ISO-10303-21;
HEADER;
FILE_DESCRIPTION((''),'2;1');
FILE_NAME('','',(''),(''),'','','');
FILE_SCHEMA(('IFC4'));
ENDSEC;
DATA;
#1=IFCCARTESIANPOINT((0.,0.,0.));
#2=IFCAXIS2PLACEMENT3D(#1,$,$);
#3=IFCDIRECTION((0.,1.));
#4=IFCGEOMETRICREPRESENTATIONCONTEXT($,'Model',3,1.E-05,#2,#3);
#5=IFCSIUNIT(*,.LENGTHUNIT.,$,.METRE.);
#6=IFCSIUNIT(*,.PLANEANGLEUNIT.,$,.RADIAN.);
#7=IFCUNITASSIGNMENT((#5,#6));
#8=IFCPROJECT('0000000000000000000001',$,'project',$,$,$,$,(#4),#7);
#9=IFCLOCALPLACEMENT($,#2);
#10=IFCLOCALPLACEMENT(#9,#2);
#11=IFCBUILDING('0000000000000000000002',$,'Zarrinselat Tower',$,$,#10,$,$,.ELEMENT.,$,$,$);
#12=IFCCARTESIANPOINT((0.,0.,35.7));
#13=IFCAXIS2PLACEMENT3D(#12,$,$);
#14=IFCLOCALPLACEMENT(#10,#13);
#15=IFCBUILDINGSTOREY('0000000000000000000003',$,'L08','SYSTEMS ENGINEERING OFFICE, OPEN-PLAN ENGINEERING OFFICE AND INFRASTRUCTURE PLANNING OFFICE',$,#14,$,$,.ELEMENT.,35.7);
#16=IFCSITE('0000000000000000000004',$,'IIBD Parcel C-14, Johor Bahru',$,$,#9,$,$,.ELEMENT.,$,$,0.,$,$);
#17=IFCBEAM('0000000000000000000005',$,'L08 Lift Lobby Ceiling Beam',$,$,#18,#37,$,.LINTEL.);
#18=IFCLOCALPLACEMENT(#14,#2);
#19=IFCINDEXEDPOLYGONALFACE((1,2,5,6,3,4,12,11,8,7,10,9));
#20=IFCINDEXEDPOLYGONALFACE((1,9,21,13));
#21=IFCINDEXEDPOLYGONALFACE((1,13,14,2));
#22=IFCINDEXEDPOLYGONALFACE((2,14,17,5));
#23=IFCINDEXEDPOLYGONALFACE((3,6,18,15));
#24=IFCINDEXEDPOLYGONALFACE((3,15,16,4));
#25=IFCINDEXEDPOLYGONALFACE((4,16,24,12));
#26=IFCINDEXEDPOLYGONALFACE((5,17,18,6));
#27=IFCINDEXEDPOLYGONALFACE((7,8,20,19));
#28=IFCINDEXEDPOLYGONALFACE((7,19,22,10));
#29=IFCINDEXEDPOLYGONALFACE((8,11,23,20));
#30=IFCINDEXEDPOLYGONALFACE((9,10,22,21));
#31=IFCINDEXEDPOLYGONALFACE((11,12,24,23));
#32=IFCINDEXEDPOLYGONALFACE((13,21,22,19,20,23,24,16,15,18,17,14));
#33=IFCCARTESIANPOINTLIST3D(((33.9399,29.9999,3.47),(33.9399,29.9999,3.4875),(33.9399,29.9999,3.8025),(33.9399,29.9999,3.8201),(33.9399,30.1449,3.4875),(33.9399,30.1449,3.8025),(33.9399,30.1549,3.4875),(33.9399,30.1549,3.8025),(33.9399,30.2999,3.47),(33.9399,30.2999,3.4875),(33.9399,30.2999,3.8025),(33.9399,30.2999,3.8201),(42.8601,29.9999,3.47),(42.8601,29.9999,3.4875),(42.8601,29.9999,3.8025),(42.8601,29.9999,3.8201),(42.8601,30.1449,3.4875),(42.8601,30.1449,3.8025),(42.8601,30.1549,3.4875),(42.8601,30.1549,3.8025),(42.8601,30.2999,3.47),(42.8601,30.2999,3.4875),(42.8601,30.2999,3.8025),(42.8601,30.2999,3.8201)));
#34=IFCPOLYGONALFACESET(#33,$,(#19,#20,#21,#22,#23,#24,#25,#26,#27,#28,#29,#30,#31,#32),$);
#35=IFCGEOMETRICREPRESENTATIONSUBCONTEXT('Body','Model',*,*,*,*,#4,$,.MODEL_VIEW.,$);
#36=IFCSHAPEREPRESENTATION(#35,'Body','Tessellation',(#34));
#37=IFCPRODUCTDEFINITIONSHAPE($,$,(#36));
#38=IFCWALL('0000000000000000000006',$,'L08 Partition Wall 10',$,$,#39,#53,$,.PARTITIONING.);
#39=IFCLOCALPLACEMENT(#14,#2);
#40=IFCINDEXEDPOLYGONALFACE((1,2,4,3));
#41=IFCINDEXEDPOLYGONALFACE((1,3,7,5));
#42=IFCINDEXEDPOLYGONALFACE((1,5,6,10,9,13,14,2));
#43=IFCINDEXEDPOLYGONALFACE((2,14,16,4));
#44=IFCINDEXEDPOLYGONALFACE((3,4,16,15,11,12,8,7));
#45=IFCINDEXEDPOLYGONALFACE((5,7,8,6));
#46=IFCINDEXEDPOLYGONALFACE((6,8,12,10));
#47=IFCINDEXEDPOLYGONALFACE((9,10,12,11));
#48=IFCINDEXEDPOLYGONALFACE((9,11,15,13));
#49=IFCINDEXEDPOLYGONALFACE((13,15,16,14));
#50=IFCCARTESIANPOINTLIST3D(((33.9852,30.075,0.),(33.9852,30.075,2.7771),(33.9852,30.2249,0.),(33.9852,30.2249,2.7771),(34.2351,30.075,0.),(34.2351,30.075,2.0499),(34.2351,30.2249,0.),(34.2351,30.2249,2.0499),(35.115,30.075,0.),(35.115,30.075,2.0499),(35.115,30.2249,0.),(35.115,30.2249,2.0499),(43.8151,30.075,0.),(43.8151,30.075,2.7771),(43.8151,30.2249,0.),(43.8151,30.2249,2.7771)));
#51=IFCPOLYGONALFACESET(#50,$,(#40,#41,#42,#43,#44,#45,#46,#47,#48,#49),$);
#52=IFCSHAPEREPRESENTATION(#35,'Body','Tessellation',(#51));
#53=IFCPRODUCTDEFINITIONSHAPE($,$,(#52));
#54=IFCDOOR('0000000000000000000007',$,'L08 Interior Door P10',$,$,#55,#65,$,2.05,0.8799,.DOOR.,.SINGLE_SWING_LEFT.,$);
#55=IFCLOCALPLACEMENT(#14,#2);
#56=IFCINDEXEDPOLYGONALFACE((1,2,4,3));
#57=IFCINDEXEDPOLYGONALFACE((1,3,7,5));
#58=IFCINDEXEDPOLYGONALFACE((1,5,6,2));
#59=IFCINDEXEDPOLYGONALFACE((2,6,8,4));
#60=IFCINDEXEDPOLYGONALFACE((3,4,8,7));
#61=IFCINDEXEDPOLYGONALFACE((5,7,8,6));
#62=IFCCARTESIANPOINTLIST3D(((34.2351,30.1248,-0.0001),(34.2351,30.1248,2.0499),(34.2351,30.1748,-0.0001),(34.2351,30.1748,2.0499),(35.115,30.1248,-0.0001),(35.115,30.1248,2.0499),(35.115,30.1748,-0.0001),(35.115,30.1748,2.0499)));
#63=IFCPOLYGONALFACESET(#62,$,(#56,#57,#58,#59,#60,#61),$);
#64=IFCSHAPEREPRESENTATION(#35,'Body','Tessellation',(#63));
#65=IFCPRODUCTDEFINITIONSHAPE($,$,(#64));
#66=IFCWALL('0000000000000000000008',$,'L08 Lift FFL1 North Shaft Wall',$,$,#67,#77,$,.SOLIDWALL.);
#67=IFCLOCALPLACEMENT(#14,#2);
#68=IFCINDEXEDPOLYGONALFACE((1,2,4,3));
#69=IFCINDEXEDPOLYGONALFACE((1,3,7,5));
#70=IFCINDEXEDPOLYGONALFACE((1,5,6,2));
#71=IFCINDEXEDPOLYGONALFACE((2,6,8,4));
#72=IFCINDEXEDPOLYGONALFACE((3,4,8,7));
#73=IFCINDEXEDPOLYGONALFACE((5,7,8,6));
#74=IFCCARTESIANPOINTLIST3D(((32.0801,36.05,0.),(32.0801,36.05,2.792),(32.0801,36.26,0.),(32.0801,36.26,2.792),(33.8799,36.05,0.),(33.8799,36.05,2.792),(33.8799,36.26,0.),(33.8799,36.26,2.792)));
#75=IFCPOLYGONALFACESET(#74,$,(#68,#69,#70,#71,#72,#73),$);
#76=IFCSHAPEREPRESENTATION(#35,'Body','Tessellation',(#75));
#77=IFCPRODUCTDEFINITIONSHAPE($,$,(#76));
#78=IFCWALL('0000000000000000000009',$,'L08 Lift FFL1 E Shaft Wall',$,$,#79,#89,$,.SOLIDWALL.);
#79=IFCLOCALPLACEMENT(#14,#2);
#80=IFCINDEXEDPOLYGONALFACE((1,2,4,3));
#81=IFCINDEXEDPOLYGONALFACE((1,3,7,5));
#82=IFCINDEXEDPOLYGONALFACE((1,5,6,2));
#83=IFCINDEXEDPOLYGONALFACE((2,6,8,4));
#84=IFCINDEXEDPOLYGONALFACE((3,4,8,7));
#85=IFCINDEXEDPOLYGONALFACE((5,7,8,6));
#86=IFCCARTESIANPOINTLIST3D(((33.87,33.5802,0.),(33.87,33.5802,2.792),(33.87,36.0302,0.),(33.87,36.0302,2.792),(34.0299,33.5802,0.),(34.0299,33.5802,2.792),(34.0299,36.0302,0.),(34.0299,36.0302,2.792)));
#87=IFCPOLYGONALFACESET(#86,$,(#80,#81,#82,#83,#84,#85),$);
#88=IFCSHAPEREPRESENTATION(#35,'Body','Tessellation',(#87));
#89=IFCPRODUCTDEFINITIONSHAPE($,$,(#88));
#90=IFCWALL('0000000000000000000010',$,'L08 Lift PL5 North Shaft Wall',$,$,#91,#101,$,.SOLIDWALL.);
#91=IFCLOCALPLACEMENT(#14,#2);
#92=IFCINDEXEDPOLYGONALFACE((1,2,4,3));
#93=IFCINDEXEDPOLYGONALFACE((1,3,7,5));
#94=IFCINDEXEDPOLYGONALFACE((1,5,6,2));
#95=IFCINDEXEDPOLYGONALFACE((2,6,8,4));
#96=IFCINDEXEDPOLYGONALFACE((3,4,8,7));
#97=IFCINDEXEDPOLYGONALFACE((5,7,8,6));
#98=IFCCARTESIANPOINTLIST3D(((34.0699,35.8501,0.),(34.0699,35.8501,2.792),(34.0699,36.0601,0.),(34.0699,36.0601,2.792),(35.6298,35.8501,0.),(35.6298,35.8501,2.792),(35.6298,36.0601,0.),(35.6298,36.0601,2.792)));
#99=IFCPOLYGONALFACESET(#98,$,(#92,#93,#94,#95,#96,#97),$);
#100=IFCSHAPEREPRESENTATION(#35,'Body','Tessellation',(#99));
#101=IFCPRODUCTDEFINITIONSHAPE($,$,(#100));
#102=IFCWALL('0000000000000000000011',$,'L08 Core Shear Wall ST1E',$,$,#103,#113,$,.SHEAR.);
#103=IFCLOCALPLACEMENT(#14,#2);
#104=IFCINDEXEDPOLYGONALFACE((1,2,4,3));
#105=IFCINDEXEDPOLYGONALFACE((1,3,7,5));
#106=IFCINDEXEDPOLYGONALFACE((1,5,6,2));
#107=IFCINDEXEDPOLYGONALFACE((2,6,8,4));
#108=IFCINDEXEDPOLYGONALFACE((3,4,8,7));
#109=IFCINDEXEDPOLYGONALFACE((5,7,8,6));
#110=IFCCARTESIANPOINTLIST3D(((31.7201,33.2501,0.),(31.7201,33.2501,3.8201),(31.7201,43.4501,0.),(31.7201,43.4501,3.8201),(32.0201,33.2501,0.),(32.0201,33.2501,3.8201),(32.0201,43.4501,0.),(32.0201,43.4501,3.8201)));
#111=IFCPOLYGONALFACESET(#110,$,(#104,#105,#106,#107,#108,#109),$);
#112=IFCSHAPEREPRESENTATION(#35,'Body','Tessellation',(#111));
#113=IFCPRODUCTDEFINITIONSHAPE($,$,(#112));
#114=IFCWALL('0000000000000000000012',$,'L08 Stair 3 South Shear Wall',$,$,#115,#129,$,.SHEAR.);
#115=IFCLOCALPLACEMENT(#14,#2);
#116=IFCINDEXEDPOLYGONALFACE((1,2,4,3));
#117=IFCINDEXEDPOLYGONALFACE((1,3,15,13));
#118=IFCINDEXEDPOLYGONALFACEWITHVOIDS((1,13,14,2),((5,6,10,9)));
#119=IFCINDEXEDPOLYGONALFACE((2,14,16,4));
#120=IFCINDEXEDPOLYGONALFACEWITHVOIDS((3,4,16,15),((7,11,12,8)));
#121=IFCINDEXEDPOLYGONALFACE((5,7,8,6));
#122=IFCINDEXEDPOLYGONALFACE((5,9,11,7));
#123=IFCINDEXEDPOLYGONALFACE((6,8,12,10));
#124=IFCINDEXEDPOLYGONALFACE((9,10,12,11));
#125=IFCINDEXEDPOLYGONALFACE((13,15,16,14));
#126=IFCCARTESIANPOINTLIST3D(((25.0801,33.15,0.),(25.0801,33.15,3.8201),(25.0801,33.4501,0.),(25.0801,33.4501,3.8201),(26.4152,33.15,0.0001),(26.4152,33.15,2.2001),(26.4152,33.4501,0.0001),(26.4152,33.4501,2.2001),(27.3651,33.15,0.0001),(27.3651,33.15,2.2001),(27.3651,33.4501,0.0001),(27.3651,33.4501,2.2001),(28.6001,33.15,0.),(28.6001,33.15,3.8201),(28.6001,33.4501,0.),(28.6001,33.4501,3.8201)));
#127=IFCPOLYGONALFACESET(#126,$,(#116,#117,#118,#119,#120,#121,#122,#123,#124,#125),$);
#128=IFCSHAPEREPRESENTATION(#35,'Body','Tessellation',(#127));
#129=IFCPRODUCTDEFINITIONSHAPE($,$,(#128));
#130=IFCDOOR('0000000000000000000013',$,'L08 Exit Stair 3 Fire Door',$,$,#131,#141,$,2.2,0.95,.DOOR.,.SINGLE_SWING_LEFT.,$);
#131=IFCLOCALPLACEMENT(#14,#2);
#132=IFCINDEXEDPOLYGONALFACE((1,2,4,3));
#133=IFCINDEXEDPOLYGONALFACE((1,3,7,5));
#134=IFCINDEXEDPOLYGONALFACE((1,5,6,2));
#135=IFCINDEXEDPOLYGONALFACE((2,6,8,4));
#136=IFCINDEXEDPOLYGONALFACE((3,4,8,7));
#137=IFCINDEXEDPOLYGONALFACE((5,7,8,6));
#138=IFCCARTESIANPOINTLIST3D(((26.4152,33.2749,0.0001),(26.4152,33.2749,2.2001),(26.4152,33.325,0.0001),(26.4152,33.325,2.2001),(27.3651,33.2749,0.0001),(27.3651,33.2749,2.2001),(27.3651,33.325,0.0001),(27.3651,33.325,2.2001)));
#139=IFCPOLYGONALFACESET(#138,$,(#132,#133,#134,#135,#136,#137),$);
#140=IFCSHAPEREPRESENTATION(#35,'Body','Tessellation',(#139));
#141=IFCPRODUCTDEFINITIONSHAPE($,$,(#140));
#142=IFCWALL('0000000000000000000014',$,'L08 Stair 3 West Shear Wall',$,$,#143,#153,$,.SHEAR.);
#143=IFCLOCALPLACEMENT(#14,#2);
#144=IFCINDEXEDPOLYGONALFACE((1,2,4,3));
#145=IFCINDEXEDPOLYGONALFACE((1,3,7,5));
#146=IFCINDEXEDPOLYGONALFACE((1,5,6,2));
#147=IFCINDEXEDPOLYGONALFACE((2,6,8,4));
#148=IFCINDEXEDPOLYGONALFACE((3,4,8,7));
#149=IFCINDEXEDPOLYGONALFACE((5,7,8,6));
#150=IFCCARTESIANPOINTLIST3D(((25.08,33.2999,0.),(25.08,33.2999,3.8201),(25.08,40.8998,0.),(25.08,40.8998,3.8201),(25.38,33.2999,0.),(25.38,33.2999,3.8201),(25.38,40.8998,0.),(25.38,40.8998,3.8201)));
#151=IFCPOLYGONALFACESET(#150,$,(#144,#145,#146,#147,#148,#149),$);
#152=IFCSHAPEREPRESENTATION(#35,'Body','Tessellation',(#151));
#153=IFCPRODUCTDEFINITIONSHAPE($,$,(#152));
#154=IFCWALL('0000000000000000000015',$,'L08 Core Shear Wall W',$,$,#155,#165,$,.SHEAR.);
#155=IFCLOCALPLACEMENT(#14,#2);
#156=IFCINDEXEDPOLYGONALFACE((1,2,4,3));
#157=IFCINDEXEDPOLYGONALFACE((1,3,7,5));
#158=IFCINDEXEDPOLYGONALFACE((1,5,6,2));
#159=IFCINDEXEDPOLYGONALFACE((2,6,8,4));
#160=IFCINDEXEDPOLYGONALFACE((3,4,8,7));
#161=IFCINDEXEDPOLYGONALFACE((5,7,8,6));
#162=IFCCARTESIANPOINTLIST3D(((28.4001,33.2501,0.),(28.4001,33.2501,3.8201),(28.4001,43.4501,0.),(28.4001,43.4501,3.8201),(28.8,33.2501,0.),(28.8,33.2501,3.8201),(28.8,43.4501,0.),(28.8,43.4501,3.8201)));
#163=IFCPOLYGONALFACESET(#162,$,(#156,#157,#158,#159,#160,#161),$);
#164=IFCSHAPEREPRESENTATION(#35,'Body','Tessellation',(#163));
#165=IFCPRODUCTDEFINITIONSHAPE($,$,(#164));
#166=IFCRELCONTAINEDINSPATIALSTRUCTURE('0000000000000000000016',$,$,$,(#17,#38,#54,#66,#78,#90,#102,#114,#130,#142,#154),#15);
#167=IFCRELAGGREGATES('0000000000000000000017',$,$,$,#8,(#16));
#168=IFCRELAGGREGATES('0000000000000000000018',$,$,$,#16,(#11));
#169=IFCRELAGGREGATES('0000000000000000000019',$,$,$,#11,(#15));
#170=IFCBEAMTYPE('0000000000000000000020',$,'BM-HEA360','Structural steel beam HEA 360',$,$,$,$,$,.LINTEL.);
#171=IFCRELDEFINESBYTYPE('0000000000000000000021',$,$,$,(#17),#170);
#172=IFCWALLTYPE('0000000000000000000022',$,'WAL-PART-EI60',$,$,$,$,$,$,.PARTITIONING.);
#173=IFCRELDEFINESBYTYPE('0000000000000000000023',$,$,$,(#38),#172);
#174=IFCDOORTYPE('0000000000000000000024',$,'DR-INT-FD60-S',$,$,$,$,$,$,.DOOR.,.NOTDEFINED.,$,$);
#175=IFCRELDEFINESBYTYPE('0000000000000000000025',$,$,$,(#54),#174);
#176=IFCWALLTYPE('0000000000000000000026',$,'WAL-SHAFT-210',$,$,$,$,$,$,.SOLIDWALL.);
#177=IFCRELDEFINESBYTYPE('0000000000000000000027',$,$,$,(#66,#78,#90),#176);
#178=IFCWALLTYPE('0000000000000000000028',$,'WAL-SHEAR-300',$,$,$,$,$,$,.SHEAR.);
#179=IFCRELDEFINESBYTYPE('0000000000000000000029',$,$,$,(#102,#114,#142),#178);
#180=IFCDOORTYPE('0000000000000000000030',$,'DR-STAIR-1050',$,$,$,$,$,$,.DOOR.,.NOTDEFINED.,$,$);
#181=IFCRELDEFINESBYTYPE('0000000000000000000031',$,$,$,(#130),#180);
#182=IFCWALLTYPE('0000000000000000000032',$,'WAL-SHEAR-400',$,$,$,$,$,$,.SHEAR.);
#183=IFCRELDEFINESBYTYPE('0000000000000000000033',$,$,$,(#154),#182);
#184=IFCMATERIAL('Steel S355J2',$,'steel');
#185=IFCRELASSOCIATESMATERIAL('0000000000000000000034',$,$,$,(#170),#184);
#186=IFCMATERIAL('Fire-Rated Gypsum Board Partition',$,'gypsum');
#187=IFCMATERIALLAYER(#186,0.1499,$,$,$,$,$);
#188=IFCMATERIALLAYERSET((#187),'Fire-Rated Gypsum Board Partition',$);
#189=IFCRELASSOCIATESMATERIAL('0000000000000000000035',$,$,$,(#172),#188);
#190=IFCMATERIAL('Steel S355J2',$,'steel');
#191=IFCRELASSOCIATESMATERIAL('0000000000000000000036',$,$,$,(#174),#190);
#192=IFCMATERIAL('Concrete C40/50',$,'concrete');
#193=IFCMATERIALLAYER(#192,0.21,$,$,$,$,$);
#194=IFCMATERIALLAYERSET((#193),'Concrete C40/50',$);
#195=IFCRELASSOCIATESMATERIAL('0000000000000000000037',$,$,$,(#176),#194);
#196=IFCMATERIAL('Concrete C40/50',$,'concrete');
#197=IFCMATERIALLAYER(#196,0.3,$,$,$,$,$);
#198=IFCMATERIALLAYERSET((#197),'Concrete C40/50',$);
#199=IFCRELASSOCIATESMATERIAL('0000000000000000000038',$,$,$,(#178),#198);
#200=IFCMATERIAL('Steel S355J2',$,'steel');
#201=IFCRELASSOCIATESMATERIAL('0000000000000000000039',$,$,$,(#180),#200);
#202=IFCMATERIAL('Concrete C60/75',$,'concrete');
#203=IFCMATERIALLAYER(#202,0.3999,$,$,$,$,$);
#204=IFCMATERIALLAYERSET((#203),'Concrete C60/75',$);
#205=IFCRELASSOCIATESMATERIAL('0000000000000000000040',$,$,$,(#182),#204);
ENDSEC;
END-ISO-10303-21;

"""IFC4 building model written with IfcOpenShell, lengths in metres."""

from ifc_helpers import new_model, si_unit, direction, frame, frame_2d, origin, origin_2d, place, context, subcontext, project, spatial, rectangle, i_section, extrude, material, layer, layer_set, material_profile, profile_set, type_object, element, fill, save


model = new_model("IFC4")

# Units and contexts
model_context = context("Model", 3, precision=1e-05, world=origin(), true_north=direction((0.0, 1.0)))
body_context = subcontext(model_context, "Body", "Model", "MODEL_VIEW")
ifc_project = project(units=[si_unit("LENGTHUNIT", "METRE"), si_unit("PLANEANGLEUNIT", "RADIAN")], contexts=[model_context])

# Site, building, storey
site_placement = place(None, origin())
site = spatial("IfcSite", under=ifc_project, at=site_placement, Name="IIBD Parcel C-14, Johor Bahru", CompositionType="ELEMENT", RefElevation=0.0)
building_placement = place(site_placement, origin())
building = spatial("IfcBuilding", under=site, at=building_placement, Name="Zarrinselat Tower", CompositionType="ELEMENT")
storey_placement = place(building_placement, frame((0.0, 0.0, 35.7)))
storey = spatial("IfcBuildingStorey", under=building, at=storey_placement, Name="L08", Description="SYSTEMS ENGINEERING OFFICE, OPEN-PLAN ENGINEERING OFFICE AND INFRASTRUCTURE PLANNING OFFICE", CompositionType="ELEMENT", Elevation=35.7)

# Beam
ifc_material_1 = material(Name="Steel S355J2", Category="steel")
ifc_material_profile = material_profile(ifc_material_1, i_section(OverallWidth=0.3, OverallDepth=0.3501, WebThickness=0.01, FlangeThickness=0.0176, at=origin_2d()), Name="HEA 360")
ifc_profile_set = profile_set([ifc_material_profile], Name="Steel S355J2")
beam_type = type_object("IfcBeamType", Name="BM-HEA360", Description="Structural steel beam HEA 360", PredefinedType="LINTEL", material=ifc_profile_set)
beam_placement = place(storey_placement, frame((33.9399, 30.1499, 3.645), z_axis=(1.0, 0.0, 0.0), x_axis=(0.0, 1.0, 0.0)))
element("IfcBeam", 1, at=beam_placement, inside=storey, type_object=beam_type, Name="L08 Lift Lobby Ceiling Beam", PredefinedType="LINTEL", context=body_context, shape_type="SweptSolid", body=[
    extrude(i_section(OverallWidth=0.3, OverallDepth=0.3501, WebThickness=0.01, FlangeThickness=0.0176, at=origin_2d()), origin(), (0.0, 0.0, 1.0), 8.9202),
])

# Wall, opening, door
ifc_material_2 = material(Name="Fire-Rated Gypsum Board Partition", Category="gypsum")
ifc_layer_1 = layer(ifc_material_2, 0.1499)
ifc_layer_set_1 = layer_set([ifc_layer_1], Name="Fire-Rated Gypsum Board Partition")
wall_type_1 = type_object("IfcWallType", Name="WAL-PART-EI60", PredefinedType="PARTITIONING", material=ifc_layer_set_1)
wall_1_placement = place(storey_placement, frame((33.9851, 30.1499, 0.0), z_axis=(0.0, 0.0, 1.0), x_axis=(1.0, 0.0, 0.0)))
wall_1 = element("IfcWall", 2, at=wall_1_placement, inside=storey, type_object=wall_type_1, Name="L08 Partition Wall 10", PredefinedType="PARTITIONING", context=body_context, shape_type="SweptSolid", body=[
    extrude(rectangle(XDim=9.8298, YDim=0.1499, at=frame_2d((4.915, 0.0))), origin(), (0.0, 0.0, 1.0), 2.7771),
])
opening_1_placement = place(wall_1_placement, frame((0.25, 0.0, 0.0)))
opening_1 = element("IfcOpeningElement", 3, at=opening_1_placement, cuts=wall_1, PredefinedType="OPENING", context=body_context, shape_type="SweptSolid", body=[
    extrude(rectangle(XDim=0.8799, YDim=2.05, at=frame_2d((0.4399, 1.0249))), frame((0.0, 0.085, 0.0), z_axis=(0.0, -1.0, 0.0), x_axis=(1.0, 0.0, 0.0)), (0.0, 0.0, 1.0), 0.1699),
])
ifc_material_3 = material(Name="Steel S355J2", Category="steel")
door_type_1 = type_object("IfcDoorType", Name="DR-INT-FD60-S", OperationType="NOTDEFINED", PredefinedType="DOOR", material=ifc_material_3)
door_1_placement = place(opening_1_placement, origin())
door_1 = element("IfcDoor", 4, at=door_1_placement, inside=storey, type_object=door_type_1, Name="L08 Interior Door P10", OperationType="SINGLE_SWING_LEFT", OverallHeight=2.05, OverallWidth=0.8799, PredefinedType="DOOR", context=body_context, shape_type="SweptSolid", body=[
    extrude(rectangle(XDim=0.8799, YDim=2.05, at=frame_2d((0.4399, 1.0249))), frame((0.0, 0.0249, 0.0), z_axis=(0.0, -1.0, 0.0), x_axis=(1.0, 0.0, 0.0)), (0.0, 0.0, 1.0), 0.05),
])
fill(opening_1, door_1)

# Walls
ifc_material_4 = material(Name="Concrete C40/50", Category="concrete")
ifc_layer_2 = layer(ifc_material_4, 0.21)
ifc_layer_set_2 = layer_set([ifc_layer_2], Name="Concrete C40/50")
wall_type_2 = type_object("IfcWallType", Name="WAL-SHAFT-210", PredefinedType="SOLIDWALL", material=ifc_layer_set_2)
wall_2_placement = place(storey_placement, frame((32.0801, 36.155, 0.0), z_axis=(0.0, 0.0, 1.0), x_axis=(1.0, 0.0, 0.0)))
element("IfcWall", 5, at=wall_2_placement, inside=storey, type_object=wall_type_2, Name="L08 Lift FFL1 North Shaft Wall", PredefinedType="SOLIDWALL", context=body_context, shape_type="SweptSolid", body=[
    extrude(rectangle(XDim=1.7998, YDim=0.21, at=frame_2d((0.8999, 0.0))), origin(), (0.0, 0.0, 1.0), 2.792),
])
wall_3_placement = place(storey_placement, frame((33.95, 33.5801, 0.0), z_axis=(0.0, 0.0, 1.0), x_axis=(0.0, 1.0, 0.0)))
element("IfcWall", 6, at=wall_3_placement, inside=storey, type_object=wall_type_2, Name="L08 Lift FFL1 E Shaft Wall", PredefinedType="SOLIDWALL", context=body_context, shape_type="SweptSolid", body=[
    extrude(rectangle(XDim=2.45, YDim=0.1599, at=frame_2d((1.2251, 0.0))), origin(), (0.0, 0.0, 1.0), 2.792),
])
wall_4_placement = place(storey_placement, frame((34.0701, 35.9551, 0.0), z_axis=(0.0, 0.0, 1.0), x_axis=(1.0, 0.0, 0.0)))
element("IfcWall", 7, at=wall_4_placement, inside=storey, type_object=wall_type_2, Name="L08 Lift PL5 North Shaft Wall", PredefinedType="SOLIDWALL", context=body_context, shape_type="SweptSolid", body=[
    extrude(rectangle(XDim=1.5598, YDim=0.21, at=frame_2d((0.7798, 0.0))), origin(), (0.0, 0.0, 1.0), 2.792),
])
ifc_material_5 = material(Name="Concrete C40/50", Category="concrete")
ifc_layer_3 = layer(ifc_material_5, 0.3)
ifc_layer_set_3 = layer_set([ifc_layer_3], Name="Concrete C40/50")
wall_type_3 = type_object("IfcWallType", Name="WAL-SHEAR-300", PredefinedType="SHEAR", material=ifc_layer_set_3)
wall_5_placement = place(storey_placement, frame((31.8701, 33.25, 0.0), z_axis=(0.0, 0.0, 1.0), x_axis=(0.0, 1.0, 0.0)))
element("IfcWall", 8, at=wall_5_placement, inside=storey, type_object=wall_type_3, Name="L08 Core Shear Wall ST1E", PredefinedType="SHEAR", context=body_context, shape_type="SweptSolid", body=[
    extrude(rectangle(XDim=10.2, YDim=0.3, at=frame_2d((5.1001, 0.0))), origin(), (0.0, 0.0, 1.0), 3.8201),
])

# Wall, opening, door
wall_6_placement = place(storey_placement, frame((25.0801, 33.3, 0.0), z_axis=(0.0, 0.0, 1.0), x_axis=(1.0, 0.0, 0.0)))
wall_6 = element("IfcWall", 9, at=wall_6_placement, inside=storey, type_object=wall_type_3, Name="L08 Stair 3 South Shear Wall", PredefinedType="SHEAR", context=body_context, shape_type="SweptSolid", body=[
    extrude(rectangle(XDim=3.52, YDim=0.3, at=frame_2d((1.76, 0.0))), origin(), (0.0, 0.0, 1.0), 3.8201),
])
opening_2_placement = place(wall_6_placement, frame((1.335, 0.0, 0.0)))
opening_2 = element("IfcOpeningElement", 10, at=opening_2_placement, cuts=wall_6, PredefinedType="OPENING", context=body_context, shape_type="SweptSolid", body=[
    extrude(rectangle(XDim=0.95, YDim=2.2, at=frame_2d((0.4751, 1.1001))), frame((0.0, 0.1599, 0.0), z_axis=(0.0, -1.0, 0.0), x_axis=(1.0, 0.0, 0.0)), (0.0, 0.0, 1.0), 0.3201),
])
ifc_material_6 = material(Name="Steel S355J2", Category="steel")
door_type_2 = type_object("IfcDoorType", Name="DR-STAIR-1050", OperationType="NOTDEFINED", PredefinedType="DOOR", material=ifc_material_6)
door_2_placement = place(opening_2_placement, origin())
door_2 = element("IfcDoor", 11, at=door_2_placement, inside=storey, type_object=door_type_2, Name="L08 Exit Stair 3 Fire Door", OperationType="SINGLE_SWING_LEFT", OverallHeight=2.2, OverallWidth=0.95, PredefinedType="DOOR", context=body_context, shape_type="SweptSolid", body=[
    extrude(rectangle(XDim=0.95, YDim=2.2, at=frame_2d((0.4751, 1.1001))), frame((0.0, 0.0249, 0.0), z_axis=(0.0, -1.0, 0.0), x_axis=(1.0, 0.0, 0.0)), (0.0, 0.0, 1.0), 0.05),
])
fill(opening_2, door_2)

# Wall
wall_7_placement = place(storey_placement, frame((25.23, 33.3, 0.0), z_axis=(0.0, 0.0, 1.0), x_axis=(0.0, 1.0, 0.0)))
element("IfcWall", 12, at=wall_7_placement, inside=storey, type_object=wall_type_3, Name="L08 Stair 3 West Shear Wall", PredefinedType="SHEAR", context=body_context, shape_type="SweptSolid", body=[
    extrude(rectangle(XDim=7.5999, YDim=0.3, at=frame_2d((3.7998, 0.0))), origin(), (0.0, 0.0, 1.0), 3.8201),
])

# Shared definitions
ifc_material_7 = material(Name="Concrete C60/75", Category="concrete")
ifc_layer_4 = layer(ifc_material_7, 0.3999)
ifc_layer_set_4 = layer_set([ifc_layer_4], Name="Concrete C60/75")
wall_type_4 = type_object("IfcWallType", Name="WAL-SHEAR-400", PredefinedType="SHEAR", material=ifc_layer_set_4)

# Wall
wall_8_placement = place(storey_placement, frame((28.6001, 33.25, 0.0), z_axis=(0.0, 0.0, 1.0), x_axis=(0.0, 1.0, 0.0)))
element("IfcWall", 13, at=wall_8_placement, inside=storey, type_object=wall_type_4, Name="L08 Core Shear Wall W", PredefinedType="SHEAR", context=body_context, shape_type="SweptSolid", body=[
    extrude(rectangle(XDim=10.2, YDim=0.3999, at=frame_2d((5.1001, 0.0))), origin(), (0.0, 0.0, 1.0), 3.8201),
])

save(model, "model.ifc")
